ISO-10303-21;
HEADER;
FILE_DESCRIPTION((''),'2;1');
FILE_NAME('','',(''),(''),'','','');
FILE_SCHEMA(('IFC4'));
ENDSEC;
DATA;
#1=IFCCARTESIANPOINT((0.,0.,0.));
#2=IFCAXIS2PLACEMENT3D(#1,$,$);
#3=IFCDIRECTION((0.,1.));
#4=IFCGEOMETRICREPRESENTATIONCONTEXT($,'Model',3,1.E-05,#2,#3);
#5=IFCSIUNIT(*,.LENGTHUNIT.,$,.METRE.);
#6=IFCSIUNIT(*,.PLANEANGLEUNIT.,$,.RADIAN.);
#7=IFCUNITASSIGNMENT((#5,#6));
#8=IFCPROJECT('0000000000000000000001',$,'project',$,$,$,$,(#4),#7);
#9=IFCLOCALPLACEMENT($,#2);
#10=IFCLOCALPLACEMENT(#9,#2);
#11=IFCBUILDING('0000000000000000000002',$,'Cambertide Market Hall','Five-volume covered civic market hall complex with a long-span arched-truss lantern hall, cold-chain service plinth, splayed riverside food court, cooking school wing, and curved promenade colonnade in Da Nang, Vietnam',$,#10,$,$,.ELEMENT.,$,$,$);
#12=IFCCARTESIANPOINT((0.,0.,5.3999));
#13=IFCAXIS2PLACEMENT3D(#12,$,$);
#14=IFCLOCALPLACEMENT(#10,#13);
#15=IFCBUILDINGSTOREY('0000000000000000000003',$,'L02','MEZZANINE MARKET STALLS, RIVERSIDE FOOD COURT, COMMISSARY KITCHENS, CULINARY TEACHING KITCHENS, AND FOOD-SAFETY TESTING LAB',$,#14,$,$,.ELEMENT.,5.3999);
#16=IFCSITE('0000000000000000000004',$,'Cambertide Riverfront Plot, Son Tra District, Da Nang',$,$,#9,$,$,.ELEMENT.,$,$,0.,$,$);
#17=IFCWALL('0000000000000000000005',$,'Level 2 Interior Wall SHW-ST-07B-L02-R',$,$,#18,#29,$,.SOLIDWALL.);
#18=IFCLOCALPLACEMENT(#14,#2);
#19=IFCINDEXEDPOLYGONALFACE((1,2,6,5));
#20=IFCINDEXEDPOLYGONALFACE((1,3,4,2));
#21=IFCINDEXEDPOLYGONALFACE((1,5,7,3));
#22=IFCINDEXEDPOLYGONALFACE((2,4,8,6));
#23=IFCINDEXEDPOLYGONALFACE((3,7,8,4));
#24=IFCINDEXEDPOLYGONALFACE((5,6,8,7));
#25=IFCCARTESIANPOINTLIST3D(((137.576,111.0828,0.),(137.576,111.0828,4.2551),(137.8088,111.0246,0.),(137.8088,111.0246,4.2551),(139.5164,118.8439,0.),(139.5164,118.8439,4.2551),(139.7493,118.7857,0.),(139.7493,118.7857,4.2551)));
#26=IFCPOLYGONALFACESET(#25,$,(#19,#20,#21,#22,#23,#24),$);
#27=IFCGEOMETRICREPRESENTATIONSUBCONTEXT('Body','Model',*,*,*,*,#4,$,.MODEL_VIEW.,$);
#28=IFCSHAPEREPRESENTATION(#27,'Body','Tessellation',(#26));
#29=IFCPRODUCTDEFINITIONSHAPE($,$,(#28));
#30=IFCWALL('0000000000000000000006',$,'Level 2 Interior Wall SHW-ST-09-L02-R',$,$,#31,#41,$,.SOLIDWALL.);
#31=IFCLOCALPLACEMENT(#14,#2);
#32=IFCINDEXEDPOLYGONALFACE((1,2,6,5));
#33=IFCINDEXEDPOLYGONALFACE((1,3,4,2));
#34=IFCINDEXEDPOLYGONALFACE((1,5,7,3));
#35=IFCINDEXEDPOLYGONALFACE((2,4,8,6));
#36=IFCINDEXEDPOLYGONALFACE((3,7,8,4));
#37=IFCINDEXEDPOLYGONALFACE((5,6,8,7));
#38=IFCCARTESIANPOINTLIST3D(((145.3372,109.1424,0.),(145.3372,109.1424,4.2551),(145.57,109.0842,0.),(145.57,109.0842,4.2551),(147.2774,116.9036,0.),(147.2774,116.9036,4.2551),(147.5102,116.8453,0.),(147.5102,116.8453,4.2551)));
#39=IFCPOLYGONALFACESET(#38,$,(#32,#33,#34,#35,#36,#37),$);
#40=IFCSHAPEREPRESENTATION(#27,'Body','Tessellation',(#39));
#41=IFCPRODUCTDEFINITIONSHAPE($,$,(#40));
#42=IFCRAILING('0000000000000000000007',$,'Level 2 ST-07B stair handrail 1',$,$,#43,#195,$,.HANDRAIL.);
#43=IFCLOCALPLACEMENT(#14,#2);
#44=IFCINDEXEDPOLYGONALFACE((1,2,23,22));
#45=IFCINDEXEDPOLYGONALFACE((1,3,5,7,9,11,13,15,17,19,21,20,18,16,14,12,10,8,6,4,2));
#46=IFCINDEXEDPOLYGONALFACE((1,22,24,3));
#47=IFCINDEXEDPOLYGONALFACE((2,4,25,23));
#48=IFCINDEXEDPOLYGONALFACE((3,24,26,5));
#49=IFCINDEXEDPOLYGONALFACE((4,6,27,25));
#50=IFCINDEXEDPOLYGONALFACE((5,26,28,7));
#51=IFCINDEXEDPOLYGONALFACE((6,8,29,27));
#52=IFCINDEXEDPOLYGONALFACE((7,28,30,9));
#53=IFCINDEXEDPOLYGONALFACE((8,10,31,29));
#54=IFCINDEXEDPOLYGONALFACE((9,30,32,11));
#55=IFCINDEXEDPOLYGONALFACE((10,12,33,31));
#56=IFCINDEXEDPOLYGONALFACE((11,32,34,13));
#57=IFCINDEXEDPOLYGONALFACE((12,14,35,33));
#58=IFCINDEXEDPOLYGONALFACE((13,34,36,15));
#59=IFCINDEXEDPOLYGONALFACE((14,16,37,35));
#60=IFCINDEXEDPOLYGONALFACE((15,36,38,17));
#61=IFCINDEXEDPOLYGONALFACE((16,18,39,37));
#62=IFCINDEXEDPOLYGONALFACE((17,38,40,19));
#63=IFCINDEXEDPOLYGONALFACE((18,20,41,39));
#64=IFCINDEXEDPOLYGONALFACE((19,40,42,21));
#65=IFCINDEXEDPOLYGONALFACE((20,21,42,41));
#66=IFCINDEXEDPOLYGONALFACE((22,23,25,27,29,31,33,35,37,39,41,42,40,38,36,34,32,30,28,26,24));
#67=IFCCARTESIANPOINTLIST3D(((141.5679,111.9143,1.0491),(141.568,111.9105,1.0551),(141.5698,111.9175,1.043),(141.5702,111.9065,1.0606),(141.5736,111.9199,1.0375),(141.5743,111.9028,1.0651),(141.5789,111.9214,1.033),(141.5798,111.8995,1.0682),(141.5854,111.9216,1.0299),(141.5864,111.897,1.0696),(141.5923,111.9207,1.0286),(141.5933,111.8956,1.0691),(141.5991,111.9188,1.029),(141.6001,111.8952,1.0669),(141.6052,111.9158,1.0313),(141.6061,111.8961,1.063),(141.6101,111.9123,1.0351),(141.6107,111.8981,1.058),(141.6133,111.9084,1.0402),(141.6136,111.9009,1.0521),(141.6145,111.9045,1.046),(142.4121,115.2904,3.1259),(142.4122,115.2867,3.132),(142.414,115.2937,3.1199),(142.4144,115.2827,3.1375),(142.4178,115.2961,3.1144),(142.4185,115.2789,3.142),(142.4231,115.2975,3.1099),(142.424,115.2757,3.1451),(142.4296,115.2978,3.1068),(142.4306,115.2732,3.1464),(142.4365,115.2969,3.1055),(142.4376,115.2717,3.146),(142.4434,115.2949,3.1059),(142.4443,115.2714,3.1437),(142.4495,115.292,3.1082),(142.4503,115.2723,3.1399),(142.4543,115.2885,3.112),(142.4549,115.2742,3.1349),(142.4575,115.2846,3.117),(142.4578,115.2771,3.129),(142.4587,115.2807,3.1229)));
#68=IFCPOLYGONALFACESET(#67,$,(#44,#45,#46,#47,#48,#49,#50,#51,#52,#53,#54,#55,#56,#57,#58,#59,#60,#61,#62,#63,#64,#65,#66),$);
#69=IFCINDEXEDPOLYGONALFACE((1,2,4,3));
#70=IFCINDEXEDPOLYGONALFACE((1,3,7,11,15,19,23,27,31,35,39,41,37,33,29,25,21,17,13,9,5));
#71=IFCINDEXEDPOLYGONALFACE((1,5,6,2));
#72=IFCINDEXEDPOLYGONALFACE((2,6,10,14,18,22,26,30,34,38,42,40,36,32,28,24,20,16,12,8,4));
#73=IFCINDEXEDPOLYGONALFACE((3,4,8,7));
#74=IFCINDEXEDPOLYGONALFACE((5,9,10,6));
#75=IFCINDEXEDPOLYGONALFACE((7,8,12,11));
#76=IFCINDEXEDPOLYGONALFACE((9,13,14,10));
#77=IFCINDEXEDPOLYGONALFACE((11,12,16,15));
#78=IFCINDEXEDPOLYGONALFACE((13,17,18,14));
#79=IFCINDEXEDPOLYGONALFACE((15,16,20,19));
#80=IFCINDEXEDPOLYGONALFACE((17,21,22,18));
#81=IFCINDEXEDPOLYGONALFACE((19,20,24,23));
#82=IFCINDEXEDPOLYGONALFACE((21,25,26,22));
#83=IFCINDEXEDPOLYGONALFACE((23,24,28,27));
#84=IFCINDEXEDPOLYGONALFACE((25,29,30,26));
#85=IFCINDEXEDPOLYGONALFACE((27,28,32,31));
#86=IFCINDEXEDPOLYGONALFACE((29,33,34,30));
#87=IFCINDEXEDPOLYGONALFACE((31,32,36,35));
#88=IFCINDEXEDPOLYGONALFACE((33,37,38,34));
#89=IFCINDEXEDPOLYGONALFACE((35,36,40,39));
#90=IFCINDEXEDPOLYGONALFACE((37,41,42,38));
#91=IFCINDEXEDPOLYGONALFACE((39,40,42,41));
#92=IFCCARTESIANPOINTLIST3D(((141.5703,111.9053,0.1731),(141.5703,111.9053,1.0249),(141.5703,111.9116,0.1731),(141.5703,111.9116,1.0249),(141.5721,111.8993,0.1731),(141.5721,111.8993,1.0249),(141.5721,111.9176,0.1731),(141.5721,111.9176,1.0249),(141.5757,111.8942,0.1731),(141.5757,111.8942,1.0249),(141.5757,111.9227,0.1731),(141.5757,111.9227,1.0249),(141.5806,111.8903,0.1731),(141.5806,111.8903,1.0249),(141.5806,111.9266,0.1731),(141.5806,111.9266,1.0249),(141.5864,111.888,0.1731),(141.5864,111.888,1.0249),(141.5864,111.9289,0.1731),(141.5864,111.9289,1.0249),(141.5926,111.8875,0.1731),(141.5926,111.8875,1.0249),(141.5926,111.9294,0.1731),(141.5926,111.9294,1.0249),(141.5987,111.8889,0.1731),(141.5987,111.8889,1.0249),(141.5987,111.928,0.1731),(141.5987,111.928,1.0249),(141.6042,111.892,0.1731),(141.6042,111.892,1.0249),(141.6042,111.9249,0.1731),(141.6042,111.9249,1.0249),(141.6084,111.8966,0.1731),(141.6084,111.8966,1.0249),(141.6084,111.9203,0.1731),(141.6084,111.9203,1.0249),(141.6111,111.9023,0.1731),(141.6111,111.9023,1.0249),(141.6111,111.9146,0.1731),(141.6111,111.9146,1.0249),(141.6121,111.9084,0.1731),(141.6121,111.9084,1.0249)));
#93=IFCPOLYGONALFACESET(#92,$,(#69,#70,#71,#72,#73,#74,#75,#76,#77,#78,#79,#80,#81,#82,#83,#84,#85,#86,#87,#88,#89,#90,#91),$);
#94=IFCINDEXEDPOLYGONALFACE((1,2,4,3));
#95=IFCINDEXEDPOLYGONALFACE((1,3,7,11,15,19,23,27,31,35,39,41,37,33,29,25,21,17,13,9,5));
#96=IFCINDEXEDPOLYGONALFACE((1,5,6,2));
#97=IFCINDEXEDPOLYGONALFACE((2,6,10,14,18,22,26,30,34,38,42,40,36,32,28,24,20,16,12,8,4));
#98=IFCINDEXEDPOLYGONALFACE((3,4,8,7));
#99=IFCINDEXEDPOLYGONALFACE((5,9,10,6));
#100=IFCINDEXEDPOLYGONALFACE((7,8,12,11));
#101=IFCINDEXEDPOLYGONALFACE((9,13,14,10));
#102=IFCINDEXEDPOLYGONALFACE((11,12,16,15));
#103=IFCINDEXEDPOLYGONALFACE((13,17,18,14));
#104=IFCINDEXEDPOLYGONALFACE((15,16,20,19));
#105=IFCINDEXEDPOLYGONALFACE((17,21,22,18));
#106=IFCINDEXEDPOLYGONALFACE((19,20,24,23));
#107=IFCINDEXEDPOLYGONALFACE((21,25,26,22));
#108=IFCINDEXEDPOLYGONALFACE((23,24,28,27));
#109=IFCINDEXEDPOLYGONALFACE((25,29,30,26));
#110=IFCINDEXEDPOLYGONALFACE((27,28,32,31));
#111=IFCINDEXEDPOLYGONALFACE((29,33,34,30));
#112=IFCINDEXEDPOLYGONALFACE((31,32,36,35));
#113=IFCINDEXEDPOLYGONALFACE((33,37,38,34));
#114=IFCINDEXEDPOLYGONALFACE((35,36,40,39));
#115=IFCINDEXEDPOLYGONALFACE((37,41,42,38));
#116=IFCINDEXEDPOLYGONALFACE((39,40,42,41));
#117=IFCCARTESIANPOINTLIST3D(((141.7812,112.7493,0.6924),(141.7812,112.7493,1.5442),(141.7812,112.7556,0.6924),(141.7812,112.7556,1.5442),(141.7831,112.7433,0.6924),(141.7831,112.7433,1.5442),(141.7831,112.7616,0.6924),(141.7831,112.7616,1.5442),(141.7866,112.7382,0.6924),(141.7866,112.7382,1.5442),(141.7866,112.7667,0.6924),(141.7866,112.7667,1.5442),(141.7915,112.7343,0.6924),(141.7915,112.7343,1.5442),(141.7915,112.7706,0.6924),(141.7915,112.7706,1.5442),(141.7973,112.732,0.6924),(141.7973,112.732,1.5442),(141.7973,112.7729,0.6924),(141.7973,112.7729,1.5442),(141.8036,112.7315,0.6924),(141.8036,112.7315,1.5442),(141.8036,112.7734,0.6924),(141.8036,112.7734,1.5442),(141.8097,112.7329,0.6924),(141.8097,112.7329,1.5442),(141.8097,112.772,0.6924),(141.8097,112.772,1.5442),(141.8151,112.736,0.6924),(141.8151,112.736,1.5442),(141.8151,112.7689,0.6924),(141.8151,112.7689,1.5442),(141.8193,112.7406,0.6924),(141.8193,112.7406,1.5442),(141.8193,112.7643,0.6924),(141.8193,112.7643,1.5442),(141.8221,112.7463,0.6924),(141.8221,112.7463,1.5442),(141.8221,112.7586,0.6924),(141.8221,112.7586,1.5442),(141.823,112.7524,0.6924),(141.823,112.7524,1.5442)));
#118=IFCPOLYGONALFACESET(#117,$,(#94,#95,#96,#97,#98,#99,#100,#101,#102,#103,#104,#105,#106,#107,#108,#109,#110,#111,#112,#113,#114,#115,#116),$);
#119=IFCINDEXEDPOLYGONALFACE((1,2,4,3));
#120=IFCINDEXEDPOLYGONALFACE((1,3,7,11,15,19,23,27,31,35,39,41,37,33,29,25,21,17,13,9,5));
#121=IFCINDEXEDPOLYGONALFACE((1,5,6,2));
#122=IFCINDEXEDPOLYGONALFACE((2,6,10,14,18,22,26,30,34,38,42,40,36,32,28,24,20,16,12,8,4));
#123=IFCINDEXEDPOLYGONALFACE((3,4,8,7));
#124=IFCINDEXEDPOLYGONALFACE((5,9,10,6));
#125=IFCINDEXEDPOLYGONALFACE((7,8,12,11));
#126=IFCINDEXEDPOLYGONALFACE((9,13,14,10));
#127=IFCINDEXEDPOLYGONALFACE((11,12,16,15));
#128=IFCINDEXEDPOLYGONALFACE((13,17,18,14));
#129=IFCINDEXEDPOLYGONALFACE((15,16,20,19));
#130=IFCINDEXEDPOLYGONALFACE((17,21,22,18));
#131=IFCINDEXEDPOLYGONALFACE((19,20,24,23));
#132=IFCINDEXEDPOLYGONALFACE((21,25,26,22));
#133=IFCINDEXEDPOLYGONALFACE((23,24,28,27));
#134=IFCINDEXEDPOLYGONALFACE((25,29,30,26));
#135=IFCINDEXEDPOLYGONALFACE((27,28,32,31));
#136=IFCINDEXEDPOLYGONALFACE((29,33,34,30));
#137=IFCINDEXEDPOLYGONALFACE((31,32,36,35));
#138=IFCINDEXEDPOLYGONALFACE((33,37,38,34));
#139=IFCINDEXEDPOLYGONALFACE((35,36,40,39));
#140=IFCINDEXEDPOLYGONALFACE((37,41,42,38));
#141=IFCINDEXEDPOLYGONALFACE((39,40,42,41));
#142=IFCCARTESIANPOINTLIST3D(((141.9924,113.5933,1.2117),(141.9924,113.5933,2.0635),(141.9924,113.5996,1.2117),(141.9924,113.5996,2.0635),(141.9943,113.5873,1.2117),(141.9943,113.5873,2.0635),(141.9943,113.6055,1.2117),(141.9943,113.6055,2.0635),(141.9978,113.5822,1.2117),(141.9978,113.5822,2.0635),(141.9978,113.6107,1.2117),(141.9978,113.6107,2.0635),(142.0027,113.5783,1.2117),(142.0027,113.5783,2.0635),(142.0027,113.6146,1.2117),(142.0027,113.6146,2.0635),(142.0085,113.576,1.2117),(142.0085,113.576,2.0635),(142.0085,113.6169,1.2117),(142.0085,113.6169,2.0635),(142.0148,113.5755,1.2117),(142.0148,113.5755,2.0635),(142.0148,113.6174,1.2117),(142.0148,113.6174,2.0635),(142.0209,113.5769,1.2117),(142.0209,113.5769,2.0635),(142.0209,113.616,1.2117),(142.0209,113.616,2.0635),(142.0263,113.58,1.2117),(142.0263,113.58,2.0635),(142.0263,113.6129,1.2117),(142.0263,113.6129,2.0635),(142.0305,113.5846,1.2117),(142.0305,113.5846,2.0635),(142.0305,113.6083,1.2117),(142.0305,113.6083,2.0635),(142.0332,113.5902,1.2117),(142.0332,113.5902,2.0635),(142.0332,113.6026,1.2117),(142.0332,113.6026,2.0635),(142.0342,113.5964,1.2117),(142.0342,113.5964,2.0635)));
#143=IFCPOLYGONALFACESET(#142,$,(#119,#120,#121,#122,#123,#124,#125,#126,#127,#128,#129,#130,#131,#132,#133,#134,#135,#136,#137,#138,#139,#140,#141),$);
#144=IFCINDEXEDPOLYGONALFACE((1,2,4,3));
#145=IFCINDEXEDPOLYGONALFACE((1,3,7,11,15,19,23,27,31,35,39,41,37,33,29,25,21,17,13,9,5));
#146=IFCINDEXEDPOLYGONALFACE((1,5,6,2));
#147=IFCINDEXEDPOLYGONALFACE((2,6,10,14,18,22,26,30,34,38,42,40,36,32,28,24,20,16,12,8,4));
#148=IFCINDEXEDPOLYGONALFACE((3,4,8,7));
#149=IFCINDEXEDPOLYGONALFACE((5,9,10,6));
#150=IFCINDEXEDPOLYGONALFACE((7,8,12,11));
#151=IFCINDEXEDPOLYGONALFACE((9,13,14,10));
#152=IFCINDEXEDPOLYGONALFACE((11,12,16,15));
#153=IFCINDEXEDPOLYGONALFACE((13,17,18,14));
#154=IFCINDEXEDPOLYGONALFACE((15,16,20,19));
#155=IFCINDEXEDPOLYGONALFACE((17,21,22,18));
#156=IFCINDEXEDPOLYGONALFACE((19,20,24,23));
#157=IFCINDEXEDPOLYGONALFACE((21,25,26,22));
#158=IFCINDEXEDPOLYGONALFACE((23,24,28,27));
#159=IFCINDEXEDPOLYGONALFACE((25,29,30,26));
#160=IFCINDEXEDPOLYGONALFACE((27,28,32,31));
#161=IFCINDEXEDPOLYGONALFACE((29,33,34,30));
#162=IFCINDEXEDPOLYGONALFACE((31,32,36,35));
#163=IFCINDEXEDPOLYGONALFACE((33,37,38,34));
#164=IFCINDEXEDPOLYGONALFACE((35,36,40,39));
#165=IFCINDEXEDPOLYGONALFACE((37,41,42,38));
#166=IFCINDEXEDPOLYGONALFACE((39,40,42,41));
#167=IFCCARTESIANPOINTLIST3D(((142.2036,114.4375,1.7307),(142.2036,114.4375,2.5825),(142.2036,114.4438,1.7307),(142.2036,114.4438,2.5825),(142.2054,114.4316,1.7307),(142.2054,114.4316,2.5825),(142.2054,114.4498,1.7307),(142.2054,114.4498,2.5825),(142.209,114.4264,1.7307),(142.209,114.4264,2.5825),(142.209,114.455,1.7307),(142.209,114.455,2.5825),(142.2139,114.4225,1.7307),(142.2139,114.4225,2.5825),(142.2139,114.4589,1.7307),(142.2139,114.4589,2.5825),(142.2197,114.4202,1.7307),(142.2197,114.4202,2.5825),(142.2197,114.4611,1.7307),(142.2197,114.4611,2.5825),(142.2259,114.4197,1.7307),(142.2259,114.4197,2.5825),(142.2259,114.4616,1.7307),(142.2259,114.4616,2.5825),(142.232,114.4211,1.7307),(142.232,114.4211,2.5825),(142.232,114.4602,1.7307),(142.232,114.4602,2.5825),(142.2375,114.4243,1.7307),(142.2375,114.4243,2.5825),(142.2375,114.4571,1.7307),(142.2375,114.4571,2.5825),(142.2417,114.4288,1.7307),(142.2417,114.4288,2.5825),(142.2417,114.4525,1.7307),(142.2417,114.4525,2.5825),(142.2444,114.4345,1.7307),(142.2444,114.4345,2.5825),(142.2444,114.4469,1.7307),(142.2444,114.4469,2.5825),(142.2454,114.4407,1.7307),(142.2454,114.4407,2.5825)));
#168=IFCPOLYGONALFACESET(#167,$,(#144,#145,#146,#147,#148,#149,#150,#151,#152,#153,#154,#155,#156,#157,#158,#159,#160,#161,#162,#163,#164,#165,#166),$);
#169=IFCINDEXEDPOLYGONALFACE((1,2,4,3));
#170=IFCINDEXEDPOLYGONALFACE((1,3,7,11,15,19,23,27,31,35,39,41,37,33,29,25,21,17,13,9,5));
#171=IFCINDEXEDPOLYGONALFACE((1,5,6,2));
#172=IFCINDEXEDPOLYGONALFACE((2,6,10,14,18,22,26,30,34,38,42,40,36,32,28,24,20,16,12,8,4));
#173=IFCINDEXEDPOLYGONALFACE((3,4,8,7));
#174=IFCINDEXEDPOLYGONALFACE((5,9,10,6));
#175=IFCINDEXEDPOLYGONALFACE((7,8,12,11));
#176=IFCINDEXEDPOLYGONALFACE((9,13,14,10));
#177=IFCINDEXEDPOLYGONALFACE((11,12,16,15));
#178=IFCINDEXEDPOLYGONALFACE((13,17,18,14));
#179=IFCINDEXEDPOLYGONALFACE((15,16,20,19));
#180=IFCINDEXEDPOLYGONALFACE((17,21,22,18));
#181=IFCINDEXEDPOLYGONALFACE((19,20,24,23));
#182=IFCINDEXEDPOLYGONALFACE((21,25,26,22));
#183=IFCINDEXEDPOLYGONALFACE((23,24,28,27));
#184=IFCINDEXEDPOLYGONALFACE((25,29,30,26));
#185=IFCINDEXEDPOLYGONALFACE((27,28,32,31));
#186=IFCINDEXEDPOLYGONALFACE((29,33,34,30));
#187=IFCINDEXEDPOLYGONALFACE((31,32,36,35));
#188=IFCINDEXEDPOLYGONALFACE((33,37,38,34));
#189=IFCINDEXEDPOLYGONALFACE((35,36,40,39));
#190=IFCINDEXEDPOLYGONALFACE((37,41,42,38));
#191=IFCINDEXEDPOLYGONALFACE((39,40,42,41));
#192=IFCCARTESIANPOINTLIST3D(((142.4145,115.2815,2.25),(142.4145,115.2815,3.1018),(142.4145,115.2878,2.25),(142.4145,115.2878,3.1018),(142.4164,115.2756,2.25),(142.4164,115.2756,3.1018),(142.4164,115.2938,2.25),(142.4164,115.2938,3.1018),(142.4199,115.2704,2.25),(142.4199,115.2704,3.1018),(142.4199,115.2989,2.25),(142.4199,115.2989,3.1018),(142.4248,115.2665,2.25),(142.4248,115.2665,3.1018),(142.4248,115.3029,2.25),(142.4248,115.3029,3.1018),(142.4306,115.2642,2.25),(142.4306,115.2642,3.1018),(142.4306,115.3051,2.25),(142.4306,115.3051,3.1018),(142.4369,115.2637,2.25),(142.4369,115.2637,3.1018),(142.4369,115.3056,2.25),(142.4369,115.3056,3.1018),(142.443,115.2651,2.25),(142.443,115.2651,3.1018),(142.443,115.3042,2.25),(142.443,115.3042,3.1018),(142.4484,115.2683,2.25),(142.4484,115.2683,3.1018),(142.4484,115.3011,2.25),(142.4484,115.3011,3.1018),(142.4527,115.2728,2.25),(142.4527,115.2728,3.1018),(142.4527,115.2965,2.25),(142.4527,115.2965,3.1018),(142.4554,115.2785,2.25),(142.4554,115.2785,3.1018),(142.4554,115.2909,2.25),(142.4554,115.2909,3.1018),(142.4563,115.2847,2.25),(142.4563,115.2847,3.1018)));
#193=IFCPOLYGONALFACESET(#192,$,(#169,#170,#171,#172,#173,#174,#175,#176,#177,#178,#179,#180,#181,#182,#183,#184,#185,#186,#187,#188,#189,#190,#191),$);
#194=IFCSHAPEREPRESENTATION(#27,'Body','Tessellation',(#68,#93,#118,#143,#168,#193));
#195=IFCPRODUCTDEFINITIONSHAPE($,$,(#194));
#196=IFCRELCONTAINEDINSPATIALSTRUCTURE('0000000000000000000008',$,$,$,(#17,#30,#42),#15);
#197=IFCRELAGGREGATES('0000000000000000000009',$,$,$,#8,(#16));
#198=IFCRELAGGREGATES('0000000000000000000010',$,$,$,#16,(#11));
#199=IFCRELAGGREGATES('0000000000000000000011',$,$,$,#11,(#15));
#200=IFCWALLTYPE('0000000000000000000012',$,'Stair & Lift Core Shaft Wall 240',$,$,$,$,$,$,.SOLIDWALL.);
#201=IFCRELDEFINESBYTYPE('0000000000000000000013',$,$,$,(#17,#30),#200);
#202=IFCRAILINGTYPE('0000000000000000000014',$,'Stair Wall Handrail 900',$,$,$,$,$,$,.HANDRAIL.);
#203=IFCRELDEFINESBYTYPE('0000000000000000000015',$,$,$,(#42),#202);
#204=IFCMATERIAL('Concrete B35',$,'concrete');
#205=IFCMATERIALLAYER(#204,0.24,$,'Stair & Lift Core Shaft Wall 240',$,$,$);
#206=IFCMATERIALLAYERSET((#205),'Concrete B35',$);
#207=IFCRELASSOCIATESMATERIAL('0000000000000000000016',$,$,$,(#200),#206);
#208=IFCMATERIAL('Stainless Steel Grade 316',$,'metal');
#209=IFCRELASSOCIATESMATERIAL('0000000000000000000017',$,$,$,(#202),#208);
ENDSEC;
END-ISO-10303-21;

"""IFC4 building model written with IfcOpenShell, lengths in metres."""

from ifc_helpers import new_model, si_unit, direction, frame, frame_2d, origin, origin_2d, place, context, subcontext, project, spatial, rectangle, circle, extrude, material, layer, layer_set, type_object, element, save


model = new_model("IFC4")

# Units and contexts
model_context = context("Model", 3, precision=1e-05, world=origin(), true_north=direction((0.0, 1.0)))
body_context = subcontext(model_context, "Body", "Model", "MODEL_VIEW")
ifc_project = project(units=[si_unit("LENGTHUNIT", "METRE"), si_unit("PLANEANGLEUNIT", "RADIAN")], contexts=[model_context])

# Site, building, storey
site_placement = place(None, origin())
site = spatial("IfcSite", under=ifc_project, at=site_placement, Name="Cambertide Riverfront Plot, Son Tra District, Da Nang", CompositionType="ELEMENT", RefElevation=0.0)
building_placement = place(site_placement, origin())
building = spatial("IfcBuilding", under=site, at=building_placement, Name="Cambertide Market Hall", Description="Five-volume covered civic market hall complex with a long-span arched-truss lantern hall, cold-chain service plinth, splayed riverside food court, cooking school wing, and curved promenade colonnade in Da Nang, Vietnam", CompositionType="ELEMENT")
storey_placement = place(building_placement, frame((0.0, 0.0, 5.3999)))
storey = spatial("IfcBuildingStorey", under=building, at=storey_placement, Name="L02", Description="MEZZANINE MARKET STALLS, RIVERSIDE FOOD COURT, COMMISSARY KITCHENS, CULINARY TEACHING KITCHENS, AND FOOD-SAFETY TESTING LAB", CompositionType="ELEMENT", Elevation=5.3999)

# Shared definitions
ifc_material_1 = material(Name="Concrete B35", Category="concrete")
ifc_layer_1 = layer(ifc_material_1, 0.24, Name="Stair & Lift Core Shaft Wall 240")
ifc_layer_set_1 = layer_set([ifc_layer_1], Name="Concrete B35")
wall_type_1 = type_object("IfcWallType", Name="Stair & Lift Core Shaft Wall 240", PredefinedType="SOLIDWALL", material=ifc_layer_set_1)

# Walls
for number, where, z_axis, x_axis, name in (
    (1, (137.6924, 111.0537, 0.0), (0.0, 0.0, 1.0), (0.242557, 0.970137, 0.0), "Level 2 Interior Wall SHW-ST-07B-L02-R"),
    (2, (145.4536, 109.1133, 0.0), (0.0, 0.0, 1.0), (0.242521, 0.970146, 0.0), "Level 2 Interior Wall SHW-ST-09-L02-R"),
):
    element("IfcWall", number, at=place(storey_placement, frame(where, z_axis=z_axis, x_axis=x_axis)), inside=storey, type_object=wall_type_1, Name=name, PredefinedType="SOLIDWALL", context=body_context, shape_type="SweptSolid", body=[
        extrude(rectangle(XDim=8.0, YDim=0.24, at=frame_2d((4.0, 0.0))), origin(), (0.0, 0.0, 1.0), 4.2551),
    ])

# Railing
ifc_material_2 = material(Name="Stainless Steel Grade 316", Category="metal")
railing_type_1 = type_object("IfcRailingType", Name="Stair Wall Handrail 900", PredefinedType="HANDRAIL", material=ifc_material_2)
railing_1_placement = place(storey_placement, frame((141.5911, 111.9084, 0.1731)))
element("IfcRailing", 3, at=railing_1_placement, inside=storey, type_object=railing_type_1, Name="Level 2 ST-07B stair handrail 1", PredefinedType="HANDRAIL", context=body_context, shape_type="SweptSolid", body=[
    extrude(circle(Radius=0.0239, at=origin_2d()), frame((0.0, 0.0, 0.876), z_axis=(0.20831, 0.83306, 0.512462), x_axis=(-0.97013, 0.242585, 0.0)), (0.0, 0.0, 1.0), 4.0527),
    extrude(circle(Radius=0.021, at=origin_2d()), origin(), (0.0, 0.0, 1.0), 0.8518),
    extrude(circle(Radius=0.021, at=origin_2d()), frame((0.2109, 0.844, 0.5193)), (0.0, 0.0, 1.0), 0.8518),
    extrude(circle(Radius=0.021, at=origin_2d()), frame((0.4221, 1.688, 1.0386)), (0.0, 0.0, 1.0), 0.8518),
    extrude(circle(Radius=0.021, at=origin_2d()), frame((0.6333, 2.5322, 1.5576)), (0.0, 0.0, 1.0), 0.8518),
    extrude(circle(Radius=0.021, at=origin_2d()), frame((0.8442, 3.3762, 2.0769)), (0.0, 0.0, 1.0), 0.8518),
])

save(model, "model.ifc")
